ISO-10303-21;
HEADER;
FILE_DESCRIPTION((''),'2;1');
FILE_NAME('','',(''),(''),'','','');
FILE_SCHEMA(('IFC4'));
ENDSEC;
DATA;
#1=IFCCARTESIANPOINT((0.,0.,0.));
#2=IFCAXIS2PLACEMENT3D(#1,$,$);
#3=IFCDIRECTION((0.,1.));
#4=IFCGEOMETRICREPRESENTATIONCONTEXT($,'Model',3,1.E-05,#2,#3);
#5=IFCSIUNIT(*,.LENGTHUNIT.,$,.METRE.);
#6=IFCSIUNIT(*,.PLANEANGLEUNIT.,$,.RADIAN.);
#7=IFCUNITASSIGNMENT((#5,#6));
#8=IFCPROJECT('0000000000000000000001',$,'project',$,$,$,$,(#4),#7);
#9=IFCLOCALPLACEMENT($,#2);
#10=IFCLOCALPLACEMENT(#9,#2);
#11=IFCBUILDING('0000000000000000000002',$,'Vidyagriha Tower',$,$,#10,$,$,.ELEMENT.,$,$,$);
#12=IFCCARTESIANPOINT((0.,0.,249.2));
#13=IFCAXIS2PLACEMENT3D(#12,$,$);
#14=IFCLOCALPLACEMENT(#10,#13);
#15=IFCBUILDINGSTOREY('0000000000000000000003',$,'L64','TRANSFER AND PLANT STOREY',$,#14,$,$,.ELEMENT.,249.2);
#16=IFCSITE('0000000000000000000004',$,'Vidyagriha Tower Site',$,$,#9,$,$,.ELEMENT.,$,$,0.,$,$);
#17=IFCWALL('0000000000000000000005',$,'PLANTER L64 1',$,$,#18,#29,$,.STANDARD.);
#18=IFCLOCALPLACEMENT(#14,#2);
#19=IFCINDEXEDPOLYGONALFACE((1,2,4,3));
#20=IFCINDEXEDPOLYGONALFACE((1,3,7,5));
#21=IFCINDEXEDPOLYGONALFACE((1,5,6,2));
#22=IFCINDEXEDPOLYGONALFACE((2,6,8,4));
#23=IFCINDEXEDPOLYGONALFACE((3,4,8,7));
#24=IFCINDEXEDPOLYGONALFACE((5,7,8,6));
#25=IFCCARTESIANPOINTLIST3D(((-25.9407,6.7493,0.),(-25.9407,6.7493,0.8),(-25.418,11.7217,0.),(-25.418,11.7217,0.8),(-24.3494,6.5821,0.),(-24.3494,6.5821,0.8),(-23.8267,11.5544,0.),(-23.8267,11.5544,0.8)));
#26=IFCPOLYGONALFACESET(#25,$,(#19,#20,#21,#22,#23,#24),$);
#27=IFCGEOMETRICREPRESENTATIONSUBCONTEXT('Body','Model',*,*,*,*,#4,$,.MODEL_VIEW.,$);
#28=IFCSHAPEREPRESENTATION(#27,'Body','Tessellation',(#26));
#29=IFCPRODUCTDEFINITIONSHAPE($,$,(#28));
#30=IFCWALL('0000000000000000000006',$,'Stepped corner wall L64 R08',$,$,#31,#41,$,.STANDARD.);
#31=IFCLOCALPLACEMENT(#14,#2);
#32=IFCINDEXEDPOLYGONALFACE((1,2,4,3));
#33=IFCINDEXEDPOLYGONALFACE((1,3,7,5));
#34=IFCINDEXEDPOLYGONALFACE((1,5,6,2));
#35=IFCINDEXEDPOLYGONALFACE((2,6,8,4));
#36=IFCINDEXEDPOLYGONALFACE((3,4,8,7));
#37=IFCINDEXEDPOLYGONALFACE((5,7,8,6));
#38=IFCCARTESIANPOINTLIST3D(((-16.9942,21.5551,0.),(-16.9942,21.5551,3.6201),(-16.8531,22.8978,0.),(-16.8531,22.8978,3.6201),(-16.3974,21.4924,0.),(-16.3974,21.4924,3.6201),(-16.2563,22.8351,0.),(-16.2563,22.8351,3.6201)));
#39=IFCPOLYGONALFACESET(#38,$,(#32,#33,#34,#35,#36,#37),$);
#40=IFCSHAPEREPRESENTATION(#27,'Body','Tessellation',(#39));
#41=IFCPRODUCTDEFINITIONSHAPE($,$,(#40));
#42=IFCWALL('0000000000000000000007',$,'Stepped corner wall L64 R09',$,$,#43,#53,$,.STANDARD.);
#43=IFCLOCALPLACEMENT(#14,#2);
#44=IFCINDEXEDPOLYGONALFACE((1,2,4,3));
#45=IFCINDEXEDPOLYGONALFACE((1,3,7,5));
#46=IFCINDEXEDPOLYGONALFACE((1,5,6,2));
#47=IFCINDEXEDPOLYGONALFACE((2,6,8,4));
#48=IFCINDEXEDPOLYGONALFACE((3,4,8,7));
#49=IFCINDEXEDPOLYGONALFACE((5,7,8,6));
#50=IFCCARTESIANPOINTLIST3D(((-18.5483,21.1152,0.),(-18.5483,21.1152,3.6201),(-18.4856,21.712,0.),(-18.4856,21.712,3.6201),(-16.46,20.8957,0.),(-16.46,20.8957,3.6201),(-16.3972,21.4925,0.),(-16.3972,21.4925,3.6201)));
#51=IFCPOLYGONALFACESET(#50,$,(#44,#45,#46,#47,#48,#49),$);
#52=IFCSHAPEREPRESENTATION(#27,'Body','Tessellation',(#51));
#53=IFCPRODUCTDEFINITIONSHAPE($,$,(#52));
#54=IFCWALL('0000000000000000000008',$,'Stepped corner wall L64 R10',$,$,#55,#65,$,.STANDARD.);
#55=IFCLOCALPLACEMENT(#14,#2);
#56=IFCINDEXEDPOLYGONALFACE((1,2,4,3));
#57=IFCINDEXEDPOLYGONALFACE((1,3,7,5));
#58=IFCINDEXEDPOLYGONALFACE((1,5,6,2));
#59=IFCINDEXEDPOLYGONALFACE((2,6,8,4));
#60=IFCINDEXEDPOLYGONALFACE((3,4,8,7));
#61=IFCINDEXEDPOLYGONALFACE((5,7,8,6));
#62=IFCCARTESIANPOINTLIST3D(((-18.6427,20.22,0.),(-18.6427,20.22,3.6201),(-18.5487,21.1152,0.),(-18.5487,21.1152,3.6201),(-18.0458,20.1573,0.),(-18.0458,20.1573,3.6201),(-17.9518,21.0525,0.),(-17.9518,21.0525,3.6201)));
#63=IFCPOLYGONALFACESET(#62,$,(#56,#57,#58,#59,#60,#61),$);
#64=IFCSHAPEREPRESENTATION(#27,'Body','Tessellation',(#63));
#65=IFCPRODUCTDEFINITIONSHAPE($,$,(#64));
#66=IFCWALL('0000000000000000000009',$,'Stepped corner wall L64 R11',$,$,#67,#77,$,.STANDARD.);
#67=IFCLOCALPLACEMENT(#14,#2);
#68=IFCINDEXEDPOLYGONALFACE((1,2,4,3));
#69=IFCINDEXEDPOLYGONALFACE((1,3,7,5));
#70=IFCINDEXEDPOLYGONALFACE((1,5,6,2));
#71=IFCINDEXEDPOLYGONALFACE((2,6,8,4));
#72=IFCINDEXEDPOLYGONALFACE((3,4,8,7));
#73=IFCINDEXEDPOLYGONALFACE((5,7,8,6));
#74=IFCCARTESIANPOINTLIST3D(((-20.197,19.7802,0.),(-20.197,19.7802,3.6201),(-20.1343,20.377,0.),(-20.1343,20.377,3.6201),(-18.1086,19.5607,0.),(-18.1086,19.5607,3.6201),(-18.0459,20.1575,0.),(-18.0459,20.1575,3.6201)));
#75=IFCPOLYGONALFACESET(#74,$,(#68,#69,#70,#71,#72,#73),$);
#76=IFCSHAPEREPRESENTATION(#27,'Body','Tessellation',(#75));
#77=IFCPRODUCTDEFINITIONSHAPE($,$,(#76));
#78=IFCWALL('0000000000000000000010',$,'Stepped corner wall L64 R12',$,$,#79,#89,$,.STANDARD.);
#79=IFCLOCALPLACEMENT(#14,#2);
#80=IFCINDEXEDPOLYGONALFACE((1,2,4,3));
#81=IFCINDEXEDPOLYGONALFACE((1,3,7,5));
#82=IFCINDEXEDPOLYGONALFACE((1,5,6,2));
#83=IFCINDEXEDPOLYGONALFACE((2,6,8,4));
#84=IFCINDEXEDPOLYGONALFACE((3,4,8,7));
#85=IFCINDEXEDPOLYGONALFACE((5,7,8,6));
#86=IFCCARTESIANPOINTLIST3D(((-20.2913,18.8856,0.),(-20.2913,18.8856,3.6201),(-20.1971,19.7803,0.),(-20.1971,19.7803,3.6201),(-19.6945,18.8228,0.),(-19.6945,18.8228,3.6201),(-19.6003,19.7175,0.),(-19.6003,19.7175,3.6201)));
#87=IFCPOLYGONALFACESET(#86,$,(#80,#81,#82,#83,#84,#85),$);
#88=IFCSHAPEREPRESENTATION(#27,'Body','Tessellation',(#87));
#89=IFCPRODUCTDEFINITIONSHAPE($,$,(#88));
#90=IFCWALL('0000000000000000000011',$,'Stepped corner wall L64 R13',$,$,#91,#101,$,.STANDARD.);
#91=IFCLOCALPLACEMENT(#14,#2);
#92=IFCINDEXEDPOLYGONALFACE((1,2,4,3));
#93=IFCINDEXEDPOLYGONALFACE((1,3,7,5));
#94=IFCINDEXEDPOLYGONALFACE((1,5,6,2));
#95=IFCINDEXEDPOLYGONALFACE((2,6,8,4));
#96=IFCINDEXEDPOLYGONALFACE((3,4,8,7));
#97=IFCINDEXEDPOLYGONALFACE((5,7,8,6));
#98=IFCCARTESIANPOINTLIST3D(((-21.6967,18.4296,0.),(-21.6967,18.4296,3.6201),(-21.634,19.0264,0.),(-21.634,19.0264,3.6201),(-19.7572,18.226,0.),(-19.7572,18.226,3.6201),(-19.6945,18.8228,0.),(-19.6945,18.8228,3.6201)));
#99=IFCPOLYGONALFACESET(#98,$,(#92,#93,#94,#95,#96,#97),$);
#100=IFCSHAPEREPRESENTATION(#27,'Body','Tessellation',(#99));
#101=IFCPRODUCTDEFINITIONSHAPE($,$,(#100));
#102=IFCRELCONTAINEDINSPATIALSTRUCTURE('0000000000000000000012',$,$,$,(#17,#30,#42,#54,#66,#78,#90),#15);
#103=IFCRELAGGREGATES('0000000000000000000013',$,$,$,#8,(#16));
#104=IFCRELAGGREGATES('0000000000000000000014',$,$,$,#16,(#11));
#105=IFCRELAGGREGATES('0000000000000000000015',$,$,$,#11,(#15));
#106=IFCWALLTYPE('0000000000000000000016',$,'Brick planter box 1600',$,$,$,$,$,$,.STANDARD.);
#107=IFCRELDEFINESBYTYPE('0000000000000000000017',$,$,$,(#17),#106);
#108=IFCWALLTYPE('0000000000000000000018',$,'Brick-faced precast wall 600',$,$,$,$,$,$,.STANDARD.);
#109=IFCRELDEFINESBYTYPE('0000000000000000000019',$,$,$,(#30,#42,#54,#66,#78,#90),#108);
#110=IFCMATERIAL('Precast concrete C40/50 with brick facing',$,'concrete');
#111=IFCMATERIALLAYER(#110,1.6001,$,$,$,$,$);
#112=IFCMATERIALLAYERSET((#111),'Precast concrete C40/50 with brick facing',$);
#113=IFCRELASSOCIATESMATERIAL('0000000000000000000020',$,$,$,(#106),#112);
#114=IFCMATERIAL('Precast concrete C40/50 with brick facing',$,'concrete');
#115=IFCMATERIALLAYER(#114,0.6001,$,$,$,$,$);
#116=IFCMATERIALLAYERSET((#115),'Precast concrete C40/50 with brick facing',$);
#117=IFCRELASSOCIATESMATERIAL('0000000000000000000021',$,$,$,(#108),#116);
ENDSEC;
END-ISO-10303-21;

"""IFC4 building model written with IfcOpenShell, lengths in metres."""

from ifc_helpers import new_model, si_unit, direction, frame, frame_2d, origin, place, context, subcontext, project, spatial, rectangle, extrude, material, layer, layer_set, type_object, element, save


model = new_model("IFC4")

# Units and contexts
model_context = context("Model", 3, precision=1e-05, world=origin(), true_north=direction((0.0, 1.0)))
body_context = subcontext(model_context, "Body", "Model", "MODEL_VIEW")
ifc_project = project(units=[si_unit("LENGTHUNIT", "METRE"), si_unit("PLANEANGLEUNIT", "RADIAN")], contexts=[model_context])

# Site, building, storey
site_placement = place(None, origin())
site = spatial("IfcSite", under=ifc_project, at=site_placement, Name="Vidyagriha Tower Site", CompositionType="ELEMENT", RefElevation=0.0)
building_placement = place(site_placement, origin())
building = spatial("IfcBuilding", under=site, at=building_placement, Name="Vidyagriha Tower", CompositionType="ELEMENT")
storey_placement = place(building_placement, frame((0.0, 0.0, 249.2)))
storey = spatial("IfcBuildingStorey", under=building, at=storey_placement, Name="L64", Description="TRANSFER AND PLANT STOREY", CompositionType="ELEMENT", Elevation=249.2)

# Walls
ifc_material_1 = material(Name="Precast concrete C40/50 with brick facing", Category="concrete")
ifc_layer_1 = layer(ifc_material_1, 1.6001)
ifc_layer_set_1 = layer_set([ifc_layer_1], Name="Precast concrete C40/50 with brick facing")
wall_type_1 = type_object("IfcWallType", Name="Brick planter box 1600", PredefinedType="STANDARD", material=ifc_layer_set_1)
wall_1_placement = place(storey_placement, frame((-24.6223, 11.6382, 0.0), z_axis=(0.0, 0.0, 1.0), x_axis=(-0.104545, -0.99452, 0.0)))
element("IfcWall", 1, at=wall_1_placement, inside=storey, type_object=wall_type_1, Name="PLANTER L64 1", PredefinedType="STANDARD", context=body_context, shape_type="SweptSolid", body=[
    extrude(rectangle(XDim=4.9998, YDim=1.6001, at=frame_2d((2.5, 0.0))), origin(), (0.0, 0.0, 1.0), 0.8),
])
ifc_material_2 = material(Name="Precast concrete C40/50 with brick facing", Category="concrete")
ifc_layer_2 = layer(ifc_material_2, 0.6001)
ifc_layer_set_2 = layer_set([ifc_layer_2], Name="Precast concrete C40/50 with brick facing")
wall_type_2 = type_object("IfcWallType", Name="Brick-faced precast wall 600", PredefinedType="STANDARD", material=ifc_layer_set_2)
wall_2_placement = place(storey_placement, frame((-16.5547, 22.8665, 0.0), z_axis=(0.0, 0.0, 1.0), x_axis=(-0.104515, -0.994523, 0.0)))
element("IfcWall", 2, at=wall_2_placement, inside=storey, type_object=wall_type_2, Name="Stepped corner wall L64 R08", PredefinedType="STANDARD", context=body_context, shape_type="SweptSolid", body=[
    extrude(rectangle(XDim=1.3501, YDim=0.6001, at=frame_2d((0.675, 0.0))), origin(), (0.0, 0.0, 1.0), 3.6201),
])
wall_3_placement = place(storey_placement, frame((-16.4287, 21.1941, 0.0), z_axis=(0.0, 0.0, 1.0), x_axis=(-0.994523, 0.104521, 0.0)))
element("IfcWall", 3, at=wall_3_placement, inside=storey, type_object=wall_type_2, Name="Stepped corner wall L64 R09", PredefinedType="STANDARD", context=body_context, shape_type="SweptSolid", body=[
    extrude(rectangle(XDim=2.0999, YDim=0.6001, at=frame_2d((1.0498, 0.0))), origin(), (0.0, 0.0, 1.0), 3.6201),
])
wall_4_placement = place(storey_placement, frame((-18.2502, 21.084, 0.0), z_axis=(0.0, 0.0, 1.0), x_axis=(-0.104417, -0.994534, 0.0)))
element("IfcWall", 4, at=wall_4_placement, inside=storey, type_object=wall_type_2, Name="Stepped corner wall L64 R10", PredefinedType="STANDARD", context=body_context, shape_type="SweptSolid", body=[
    extrude(rectangle(XDim=0.9001, YDim=0.6001, at=frame_2d((0.4502, 0.0))), origin(), (0.0, 0.0, 1.0), 3.6201),
])
wall_5_placement = place(storey_placement, frame((-18.0774, 19.8591, 0.0), z_axis=(0.0, 0.0, 1.0), x_axis=(-0.994523, 0.104521, 0.0)))
element("IfcWall", 5, at=wall_5_placement, inside=storey, type_object=wall_type_2, Name="Stepped corner wall L64 R11", PredefinedType="STANDARD", context=body_context, shape_type="SweptSolid", body=[
    extrude(rectangle(XDim=2.0999, YDim=0.6001, at=frame_2d((1.0498, 0.0))), origin(), (0.0, 0.0, 1.0), 3.6201),
])
wall_6_placement = place(storey_placement, frame((-19.8987, 19.7488, 0.0), z_axis=(0.0, 0.0, 1.0), x_axis=(-0.104741, -0.9945, 0.0)))
element("IfcWall", 6, at=wall_6_placement, inside=storey, type_object=wall_type_2, Name="Stepped corner wall L64 R12", PredefinedType="STANDARD", context=body_context, shape_type="SweptSolid", body=[
    extrude(rectangle(XDim=0.8997, YDim=0.6001, at=frame_2d((0.4497, 0.0))), origin(), (0.0, 0.0, 1.0), 3.6201),
])
wall_7_placement = place(storey_placement, frame((-19.7258, 18.5244, 0.0), z_axis=(0.0, 0.0, 1.0), x_axis=(-0.994534, 0.104411, 0.0)))
element("IfcWall", 7, at=wall_7_placement, inside=storey, type_object=wall_type_2, Name="Stepped corner wall L64 R13", PredefinedType="STANDARD", context=body_context, shape_type="SweptSolid", body=[
    extrude(rectangle(XDim=1.9502, YDim=0.6001, at=frame_2d((0.9751, 0.0))), origin(), (0.0, 0.0, 1.0), 3.6201),
])

save(model, "model.ifc")
